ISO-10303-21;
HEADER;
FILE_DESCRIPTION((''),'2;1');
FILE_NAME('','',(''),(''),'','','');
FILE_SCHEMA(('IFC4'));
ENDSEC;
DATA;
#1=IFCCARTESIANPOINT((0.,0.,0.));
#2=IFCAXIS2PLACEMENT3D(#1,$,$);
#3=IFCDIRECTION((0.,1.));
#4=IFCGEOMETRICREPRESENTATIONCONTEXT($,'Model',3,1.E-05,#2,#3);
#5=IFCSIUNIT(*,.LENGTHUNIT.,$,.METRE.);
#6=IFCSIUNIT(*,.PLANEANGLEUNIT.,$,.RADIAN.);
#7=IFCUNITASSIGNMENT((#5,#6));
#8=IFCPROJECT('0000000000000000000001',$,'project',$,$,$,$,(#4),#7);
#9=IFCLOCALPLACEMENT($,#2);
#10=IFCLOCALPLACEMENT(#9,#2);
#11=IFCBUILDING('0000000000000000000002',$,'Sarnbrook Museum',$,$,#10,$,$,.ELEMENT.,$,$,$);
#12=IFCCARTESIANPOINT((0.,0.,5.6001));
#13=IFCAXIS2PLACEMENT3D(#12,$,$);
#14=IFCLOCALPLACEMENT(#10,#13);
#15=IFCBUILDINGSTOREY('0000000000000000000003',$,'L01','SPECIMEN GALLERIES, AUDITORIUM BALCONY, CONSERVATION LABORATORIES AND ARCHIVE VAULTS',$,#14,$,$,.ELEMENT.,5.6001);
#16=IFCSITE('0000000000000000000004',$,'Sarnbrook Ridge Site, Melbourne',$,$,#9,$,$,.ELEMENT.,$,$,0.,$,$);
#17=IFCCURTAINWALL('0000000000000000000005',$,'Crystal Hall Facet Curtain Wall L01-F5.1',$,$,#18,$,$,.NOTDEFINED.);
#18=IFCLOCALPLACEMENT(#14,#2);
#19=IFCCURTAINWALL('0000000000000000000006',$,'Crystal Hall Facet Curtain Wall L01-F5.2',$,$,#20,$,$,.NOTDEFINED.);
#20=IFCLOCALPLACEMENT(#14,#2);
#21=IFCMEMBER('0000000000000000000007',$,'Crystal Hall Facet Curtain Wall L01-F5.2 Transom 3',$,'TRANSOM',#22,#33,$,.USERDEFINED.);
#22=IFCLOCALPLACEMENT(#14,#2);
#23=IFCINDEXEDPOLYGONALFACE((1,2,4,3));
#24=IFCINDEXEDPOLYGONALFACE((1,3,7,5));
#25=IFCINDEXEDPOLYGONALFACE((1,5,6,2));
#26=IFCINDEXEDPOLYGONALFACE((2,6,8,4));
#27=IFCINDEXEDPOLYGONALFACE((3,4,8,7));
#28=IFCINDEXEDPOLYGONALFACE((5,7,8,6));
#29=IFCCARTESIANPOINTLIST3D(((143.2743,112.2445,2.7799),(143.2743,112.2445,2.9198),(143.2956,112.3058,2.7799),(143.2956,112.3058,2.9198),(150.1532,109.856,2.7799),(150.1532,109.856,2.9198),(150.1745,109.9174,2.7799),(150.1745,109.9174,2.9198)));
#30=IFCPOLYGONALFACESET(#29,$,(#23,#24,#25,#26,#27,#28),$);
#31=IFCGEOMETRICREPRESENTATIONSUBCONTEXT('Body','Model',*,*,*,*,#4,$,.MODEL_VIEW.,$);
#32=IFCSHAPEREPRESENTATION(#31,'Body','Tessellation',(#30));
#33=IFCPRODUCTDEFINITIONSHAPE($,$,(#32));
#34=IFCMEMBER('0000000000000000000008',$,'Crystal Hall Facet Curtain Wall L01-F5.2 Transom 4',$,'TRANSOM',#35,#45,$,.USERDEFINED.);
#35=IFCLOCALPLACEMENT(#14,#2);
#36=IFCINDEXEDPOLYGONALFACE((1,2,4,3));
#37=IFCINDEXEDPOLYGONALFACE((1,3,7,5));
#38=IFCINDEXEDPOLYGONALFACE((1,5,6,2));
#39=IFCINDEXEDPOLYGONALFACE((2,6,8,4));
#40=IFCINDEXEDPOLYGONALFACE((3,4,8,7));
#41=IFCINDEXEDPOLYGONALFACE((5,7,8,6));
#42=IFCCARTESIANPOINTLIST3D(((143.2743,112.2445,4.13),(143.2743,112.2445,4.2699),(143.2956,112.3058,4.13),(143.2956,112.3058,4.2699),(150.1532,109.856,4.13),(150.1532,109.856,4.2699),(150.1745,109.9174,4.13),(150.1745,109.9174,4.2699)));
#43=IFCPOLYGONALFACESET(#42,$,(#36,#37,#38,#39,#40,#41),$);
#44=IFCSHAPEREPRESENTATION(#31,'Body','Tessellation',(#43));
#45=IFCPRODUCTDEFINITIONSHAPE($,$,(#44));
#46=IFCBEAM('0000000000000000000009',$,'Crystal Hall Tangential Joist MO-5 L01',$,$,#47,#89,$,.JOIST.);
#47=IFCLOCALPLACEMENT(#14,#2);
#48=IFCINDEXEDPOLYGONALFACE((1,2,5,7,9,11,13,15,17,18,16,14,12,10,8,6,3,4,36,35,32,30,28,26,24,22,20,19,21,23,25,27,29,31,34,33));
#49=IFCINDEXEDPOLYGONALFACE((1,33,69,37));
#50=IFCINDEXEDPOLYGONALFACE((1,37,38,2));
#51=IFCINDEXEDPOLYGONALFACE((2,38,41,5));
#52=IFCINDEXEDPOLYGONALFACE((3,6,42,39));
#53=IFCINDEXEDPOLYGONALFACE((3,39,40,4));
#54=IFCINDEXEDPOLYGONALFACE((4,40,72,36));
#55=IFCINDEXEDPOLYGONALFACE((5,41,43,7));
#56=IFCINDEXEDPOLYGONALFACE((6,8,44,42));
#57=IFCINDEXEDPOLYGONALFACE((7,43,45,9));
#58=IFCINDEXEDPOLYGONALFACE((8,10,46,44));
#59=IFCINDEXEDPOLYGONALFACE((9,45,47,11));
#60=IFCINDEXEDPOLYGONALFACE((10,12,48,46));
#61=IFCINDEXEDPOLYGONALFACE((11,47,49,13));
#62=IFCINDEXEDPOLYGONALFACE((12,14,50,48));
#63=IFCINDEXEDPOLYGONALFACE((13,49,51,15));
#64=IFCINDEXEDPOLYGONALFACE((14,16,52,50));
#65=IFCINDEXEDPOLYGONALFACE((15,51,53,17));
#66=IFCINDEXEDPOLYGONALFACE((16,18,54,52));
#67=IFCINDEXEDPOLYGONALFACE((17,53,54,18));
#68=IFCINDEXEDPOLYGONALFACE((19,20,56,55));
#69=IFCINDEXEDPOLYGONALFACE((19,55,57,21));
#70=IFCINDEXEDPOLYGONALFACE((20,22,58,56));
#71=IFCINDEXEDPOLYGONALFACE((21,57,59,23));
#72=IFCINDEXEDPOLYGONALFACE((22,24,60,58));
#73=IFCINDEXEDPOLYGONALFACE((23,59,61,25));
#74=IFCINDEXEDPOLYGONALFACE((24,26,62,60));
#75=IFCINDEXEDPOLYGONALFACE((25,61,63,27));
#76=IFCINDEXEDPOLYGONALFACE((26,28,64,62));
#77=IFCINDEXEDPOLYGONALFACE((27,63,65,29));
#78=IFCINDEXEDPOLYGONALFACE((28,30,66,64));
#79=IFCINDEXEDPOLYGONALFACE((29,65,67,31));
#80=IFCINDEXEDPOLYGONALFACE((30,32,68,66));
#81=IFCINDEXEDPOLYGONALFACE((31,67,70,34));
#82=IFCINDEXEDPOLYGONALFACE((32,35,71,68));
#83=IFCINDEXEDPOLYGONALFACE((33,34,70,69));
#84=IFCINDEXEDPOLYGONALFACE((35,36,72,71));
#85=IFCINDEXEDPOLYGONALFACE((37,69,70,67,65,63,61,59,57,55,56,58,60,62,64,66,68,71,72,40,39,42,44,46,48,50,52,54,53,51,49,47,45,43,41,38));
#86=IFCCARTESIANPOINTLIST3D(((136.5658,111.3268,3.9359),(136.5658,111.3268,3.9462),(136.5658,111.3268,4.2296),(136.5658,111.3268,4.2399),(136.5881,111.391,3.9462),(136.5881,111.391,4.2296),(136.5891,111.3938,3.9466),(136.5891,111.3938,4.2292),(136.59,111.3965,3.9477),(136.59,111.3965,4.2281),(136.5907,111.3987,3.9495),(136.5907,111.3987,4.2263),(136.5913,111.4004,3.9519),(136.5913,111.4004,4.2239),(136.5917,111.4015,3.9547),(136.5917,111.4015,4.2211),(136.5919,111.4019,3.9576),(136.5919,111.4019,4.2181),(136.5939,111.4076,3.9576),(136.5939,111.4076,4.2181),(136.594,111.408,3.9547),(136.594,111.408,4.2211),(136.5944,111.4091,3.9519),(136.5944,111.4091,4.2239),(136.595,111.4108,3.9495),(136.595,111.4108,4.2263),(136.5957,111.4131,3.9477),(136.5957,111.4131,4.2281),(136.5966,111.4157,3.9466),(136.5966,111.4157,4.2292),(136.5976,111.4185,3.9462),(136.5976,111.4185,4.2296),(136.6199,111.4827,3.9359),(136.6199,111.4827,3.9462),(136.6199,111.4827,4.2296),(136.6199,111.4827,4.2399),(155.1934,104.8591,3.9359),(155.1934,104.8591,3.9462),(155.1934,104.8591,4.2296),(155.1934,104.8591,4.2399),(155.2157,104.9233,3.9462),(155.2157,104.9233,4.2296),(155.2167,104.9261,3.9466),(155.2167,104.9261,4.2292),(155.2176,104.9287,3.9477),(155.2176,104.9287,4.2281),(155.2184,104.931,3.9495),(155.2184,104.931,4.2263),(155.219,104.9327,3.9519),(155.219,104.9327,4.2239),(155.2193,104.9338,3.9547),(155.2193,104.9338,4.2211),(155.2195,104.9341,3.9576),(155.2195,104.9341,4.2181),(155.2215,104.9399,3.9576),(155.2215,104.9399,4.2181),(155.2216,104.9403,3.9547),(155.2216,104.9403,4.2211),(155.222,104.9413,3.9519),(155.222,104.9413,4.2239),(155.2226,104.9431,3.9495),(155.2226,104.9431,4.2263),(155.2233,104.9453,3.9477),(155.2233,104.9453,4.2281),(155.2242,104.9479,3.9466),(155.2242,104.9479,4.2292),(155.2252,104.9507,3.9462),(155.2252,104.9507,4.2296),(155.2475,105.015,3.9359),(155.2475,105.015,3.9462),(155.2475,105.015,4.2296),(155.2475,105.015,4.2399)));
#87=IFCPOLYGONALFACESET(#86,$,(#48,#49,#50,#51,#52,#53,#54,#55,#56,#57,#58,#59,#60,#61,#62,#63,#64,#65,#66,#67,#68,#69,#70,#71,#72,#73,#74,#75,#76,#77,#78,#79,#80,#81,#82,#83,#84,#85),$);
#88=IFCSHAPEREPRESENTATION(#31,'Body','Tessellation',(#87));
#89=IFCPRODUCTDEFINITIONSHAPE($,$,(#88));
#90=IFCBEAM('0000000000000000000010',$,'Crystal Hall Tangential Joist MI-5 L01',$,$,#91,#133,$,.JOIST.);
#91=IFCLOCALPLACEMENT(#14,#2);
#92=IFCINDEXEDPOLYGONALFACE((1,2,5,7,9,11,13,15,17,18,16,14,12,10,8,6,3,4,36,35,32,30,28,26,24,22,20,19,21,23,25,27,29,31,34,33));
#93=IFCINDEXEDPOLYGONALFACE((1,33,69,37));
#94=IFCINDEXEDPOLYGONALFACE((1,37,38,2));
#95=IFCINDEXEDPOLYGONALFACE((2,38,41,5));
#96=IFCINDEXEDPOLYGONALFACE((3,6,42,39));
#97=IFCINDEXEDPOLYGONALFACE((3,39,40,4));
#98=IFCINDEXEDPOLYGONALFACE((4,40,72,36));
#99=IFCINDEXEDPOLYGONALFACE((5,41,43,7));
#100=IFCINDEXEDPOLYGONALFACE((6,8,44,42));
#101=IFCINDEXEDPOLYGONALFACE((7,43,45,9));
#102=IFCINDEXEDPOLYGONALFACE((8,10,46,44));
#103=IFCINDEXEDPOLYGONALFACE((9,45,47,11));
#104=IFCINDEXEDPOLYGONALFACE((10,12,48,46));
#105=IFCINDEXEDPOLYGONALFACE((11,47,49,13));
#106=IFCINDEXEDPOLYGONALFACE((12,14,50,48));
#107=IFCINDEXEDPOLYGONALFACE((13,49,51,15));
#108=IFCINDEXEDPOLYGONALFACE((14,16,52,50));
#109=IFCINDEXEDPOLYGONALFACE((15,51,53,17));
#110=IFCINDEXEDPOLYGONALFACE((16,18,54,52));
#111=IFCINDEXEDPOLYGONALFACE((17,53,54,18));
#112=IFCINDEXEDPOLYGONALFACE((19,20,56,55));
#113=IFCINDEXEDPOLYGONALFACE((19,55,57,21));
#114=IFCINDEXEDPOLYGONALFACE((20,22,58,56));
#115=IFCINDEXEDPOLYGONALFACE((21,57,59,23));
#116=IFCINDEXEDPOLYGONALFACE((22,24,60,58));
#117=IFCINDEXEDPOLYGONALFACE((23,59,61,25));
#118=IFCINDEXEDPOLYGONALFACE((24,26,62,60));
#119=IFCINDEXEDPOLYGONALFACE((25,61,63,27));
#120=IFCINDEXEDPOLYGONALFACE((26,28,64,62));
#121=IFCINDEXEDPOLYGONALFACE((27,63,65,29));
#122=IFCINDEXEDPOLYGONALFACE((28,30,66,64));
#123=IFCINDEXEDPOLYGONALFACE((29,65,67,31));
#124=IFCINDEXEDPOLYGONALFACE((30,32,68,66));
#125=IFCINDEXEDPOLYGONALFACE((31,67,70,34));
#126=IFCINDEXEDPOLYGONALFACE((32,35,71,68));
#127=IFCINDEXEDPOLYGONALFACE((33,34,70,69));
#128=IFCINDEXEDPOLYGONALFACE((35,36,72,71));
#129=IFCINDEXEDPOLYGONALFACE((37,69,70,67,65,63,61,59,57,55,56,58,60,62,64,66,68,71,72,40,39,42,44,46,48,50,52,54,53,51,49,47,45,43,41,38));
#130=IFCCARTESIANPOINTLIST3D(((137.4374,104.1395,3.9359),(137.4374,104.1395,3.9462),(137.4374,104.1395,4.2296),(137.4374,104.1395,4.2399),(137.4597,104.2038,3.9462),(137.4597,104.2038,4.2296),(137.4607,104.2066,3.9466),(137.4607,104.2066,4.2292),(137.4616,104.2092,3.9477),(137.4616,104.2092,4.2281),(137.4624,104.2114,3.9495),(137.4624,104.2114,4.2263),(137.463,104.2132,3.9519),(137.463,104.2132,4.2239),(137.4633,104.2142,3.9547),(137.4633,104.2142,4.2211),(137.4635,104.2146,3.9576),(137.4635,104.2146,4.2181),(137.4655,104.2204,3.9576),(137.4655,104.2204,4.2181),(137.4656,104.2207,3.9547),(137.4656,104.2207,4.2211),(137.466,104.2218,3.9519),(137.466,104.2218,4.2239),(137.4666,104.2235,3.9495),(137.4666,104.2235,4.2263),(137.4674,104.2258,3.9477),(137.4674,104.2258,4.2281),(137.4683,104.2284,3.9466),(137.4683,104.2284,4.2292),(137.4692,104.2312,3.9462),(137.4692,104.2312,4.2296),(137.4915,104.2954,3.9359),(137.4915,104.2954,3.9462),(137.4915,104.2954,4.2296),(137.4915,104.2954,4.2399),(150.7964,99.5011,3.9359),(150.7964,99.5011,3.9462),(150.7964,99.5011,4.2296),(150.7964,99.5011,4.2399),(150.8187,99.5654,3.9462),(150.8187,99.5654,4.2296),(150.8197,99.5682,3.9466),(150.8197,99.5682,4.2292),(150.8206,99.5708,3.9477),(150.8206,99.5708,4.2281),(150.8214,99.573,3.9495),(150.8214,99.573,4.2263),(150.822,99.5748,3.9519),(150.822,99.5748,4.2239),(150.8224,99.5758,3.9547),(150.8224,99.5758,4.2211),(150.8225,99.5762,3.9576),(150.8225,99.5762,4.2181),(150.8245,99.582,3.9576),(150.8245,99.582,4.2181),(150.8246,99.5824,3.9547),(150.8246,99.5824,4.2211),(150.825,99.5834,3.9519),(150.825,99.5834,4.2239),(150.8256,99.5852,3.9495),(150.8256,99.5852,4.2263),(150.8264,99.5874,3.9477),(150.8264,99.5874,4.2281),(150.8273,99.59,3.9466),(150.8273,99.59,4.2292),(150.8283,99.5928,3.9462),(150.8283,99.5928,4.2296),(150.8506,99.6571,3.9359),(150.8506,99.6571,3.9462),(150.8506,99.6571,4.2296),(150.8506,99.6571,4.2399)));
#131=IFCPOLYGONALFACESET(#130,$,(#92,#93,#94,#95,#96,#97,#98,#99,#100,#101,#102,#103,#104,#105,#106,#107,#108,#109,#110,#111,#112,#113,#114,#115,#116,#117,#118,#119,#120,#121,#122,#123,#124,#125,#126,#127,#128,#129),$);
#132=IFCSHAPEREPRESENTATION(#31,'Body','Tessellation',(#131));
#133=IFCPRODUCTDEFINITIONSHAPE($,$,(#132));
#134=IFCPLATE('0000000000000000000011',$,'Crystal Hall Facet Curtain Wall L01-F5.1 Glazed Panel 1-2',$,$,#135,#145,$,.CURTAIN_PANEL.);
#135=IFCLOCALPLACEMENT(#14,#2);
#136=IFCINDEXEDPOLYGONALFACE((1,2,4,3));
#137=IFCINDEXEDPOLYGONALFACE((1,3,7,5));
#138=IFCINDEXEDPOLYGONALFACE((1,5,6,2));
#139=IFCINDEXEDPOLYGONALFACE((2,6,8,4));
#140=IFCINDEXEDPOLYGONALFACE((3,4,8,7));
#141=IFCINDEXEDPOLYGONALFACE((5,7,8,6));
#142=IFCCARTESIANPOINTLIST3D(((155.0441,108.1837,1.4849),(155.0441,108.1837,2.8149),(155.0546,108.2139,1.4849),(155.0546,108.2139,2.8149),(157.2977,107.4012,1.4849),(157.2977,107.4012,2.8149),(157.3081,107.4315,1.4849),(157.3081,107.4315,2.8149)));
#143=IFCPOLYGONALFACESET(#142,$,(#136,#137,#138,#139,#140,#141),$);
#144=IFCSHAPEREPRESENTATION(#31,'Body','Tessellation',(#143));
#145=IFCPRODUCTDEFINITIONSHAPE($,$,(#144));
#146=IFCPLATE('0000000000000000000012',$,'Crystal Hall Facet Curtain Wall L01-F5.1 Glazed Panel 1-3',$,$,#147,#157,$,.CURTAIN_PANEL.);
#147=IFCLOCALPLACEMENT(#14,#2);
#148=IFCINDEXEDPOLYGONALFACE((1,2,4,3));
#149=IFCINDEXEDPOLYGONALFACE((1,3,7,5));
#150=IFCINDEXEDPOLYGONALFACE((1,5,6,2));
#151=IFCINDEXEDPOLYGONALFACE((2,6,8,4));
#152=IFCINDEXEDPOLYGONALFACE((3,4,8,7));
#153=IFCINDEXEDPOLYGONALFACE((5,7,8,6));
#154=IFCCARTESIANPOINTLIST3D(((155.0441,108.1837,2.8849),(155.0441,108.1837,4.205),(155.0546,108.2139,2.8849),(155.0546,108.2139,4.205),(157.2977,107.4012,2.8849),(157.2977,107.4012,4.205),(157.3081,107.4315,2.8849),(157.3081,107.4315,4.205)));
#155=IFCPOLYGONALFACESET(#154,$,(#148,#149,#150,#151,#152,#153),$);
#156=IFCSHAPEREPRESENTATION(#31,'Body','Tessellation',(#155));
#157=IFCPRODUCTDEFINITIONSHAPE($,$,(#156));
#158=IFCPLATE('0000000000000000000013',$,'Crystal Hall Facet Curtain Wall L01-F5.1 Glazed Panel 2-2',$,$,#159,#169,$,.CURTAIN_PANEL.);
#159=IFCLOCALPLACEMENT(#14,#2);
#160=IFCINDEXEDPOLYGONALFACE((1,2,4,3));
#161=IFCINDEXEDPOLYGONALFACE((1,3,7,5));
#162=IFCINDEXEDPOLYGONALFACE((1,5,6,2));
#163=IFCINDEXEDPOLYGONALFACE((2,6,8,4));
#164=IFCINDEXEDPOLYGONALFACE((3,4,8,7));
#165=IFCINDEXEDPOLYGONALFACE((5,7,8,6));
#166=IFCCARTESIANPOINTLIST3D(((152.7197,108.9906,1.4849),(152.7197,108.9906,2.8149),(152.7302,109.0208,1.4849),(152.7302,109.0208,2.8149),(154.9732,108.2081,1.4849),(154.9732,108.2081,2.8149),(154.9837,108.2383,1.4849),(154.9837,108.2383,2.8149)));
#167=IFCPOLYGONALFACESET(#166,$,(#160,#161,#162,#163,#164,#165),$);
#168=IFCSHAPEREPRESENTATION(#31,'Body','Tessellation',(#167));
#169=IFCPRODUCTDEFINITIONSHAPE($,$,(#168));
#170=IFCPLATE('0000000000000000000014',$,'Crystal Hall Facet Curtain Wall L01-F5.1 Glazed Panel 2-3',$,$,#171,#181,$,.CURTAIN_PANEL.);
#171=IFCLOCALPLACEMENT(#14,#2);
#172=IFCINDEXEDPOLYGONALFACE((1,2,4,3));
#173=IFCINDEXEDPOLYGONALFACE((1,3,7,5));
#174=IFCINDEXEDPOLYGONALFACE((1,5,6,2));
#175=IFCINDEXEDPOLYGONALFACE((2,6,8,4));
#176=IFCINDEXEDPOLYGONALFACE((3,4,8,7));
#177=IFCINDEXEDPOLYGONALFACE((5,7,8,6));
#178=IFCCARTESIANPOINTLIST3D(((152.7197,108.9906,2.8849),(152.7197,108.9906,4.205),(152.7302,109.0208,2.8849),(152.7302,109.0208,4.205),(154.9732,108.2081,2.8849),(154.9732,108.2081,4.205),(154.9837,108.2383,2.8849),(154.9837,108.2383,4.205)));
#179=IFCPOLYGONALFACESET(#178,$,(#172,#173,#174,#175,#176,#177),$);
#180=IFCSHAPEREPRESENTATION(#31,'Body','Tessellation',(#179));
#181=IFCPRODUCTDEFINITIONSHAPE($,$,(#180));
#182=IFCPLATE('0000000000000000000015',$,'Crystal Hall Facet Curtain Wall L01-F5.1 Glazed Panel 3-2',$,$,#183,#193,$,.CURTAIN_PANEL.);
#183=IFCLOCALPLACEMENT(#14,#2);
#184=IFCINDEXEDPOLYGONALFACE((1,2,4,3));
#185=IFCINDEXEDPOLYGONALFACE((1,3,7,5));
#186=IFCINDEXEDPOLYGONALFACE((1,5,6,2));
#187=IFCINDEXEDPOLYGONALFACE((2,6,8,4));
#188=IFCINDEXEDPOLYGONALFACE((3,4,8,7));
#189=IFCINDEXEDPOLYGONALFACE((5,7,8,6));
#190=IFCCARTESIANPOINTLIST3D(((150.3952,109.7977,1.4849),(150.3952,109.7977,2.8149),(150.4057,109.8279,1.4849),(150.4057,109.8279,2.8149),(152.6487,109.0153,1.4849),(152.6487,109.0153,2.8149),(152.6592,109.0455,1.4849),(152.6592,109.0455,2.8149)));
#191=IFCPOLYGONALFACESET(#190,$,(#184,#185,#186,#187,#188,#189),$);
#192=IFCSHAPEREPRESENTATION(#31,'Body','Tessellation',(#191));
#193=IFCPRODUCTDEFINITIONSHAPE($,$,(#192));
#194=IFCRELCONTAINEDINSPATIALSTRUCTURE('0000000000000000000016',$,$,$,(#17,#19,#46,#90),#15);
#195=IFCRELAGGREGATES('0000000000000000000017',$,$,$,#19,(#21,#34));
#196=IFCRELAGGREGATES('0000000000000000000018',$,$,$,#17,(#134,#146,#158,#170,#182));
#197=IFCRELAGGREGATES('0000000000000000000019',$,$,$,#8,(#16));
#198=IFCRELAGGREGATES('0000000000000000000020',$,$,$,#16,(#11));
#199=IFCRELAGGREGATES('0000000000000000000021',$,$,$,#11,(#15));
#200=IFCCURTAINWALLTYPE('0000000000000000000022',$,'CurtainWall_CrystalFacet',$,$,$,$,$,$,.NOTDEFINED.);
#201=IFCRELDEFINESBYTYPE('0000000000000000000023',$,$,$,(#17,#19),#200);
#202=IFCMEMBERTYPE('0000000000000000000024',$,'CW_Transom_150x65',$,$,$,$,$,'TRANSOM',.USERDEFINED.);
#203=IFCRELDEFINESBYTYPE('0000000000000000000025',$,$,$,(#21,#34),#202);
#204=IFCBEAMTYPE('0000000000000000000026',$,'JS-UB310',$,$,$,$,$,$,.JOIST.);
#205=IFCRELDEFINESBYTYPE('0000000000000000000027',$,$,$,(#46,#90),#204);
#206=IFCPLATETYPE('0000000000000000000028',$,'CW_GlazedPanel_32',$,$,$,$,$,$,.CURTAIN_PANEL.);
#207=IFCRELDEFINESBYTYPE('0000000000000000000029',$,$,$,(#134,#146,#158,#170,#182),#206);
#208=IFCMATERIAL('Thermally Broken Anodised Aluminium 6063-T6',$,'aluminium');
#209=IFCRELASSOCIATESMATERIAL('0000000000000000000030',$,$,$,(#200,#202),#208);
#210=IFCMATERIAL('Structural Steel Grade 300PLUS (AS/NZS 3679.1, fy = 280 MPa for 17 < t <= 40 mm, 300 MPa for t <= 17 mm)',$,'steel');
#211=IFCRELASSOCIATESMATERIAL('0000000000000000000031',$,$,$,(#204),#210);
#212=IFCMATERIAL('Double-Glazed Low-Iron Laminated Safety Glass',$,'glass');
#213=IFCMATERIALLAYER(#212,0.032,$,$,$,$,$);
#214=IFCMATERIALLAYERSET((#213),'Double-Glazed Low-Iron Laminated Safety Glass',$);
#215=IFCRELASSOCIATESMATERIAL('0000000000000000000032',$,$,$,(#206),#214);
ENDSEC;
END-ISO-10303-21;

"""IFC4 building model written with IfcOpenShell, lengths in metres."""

from ifc_helpers import new_model, si_unit, direction, frame, origin, origin_2d, place, context, subcontext, project, spatial, rectangle, i_section, extrude, material, layer, layer_set, material_profile, profile_set, type_object, element, aggregate, save


model = new_model("IFC4")

# Units and contexts
model_context = context("Model", 3, precision=1e-05, world=origin(), true_north=direction((0.0, 1.0)))
body_context = subcontext(model_context, "Body", "Model", "MODEL_VIEW")
ifc_project = project(units=[si_unit("LENGTHUNIT", "METRE"), si_unit("PLANEANGLEUNIT", "RADIAN")], contexts=[model_context])

# Site, building, storey
site_placement = place(None, origin())
site = spatial("IfcSite", under=ifc_project, at=site_placement, Name="Sarnbrook Ridge Site, Melbourne", CompositionType="ELEMENT", RefElevation=0.0)
building_placement = place(site_placement, origin())
building = spatial("IfcBuilding", under=site, at=building_placement, Name="Sarnbrook Museum", CompositionType="ELEMENT")
storey_placement = place(building_placement, frame((0.0, 0.0, 5.6001)))
storey = spatial("IfcBuildingStorey", under=building, at=storey_placement, Name="L01", Description="SPECIMEN GALLERIES, AUDITORIUM BALCONY, CONSERVATION LABORATORIES AND ARCHIVE VAULTS", CompositionType="ELEMENT", Elevation=5.6001)

# Curtain wall
ifc_material_1 = material(Name="Thermally Broken Anodised Aluminium 6063-T6", Category="aluminium")
curtain_wall_type = type_object("IfcCurtainWallType", Name="CurtainWall_CrystalFacet", PredefinedType="NOTDEFINED", material=ifc_material_1)
curtain_wall_1_placement = place(storey_placement, origin())
curtain_wall_1 = element("IfcCurtainWall", 1, at=curtain_wall_1_placement, inside=storey, type_object=curtain_wall_type, Name="Crystal Hall Facet Curtain Wall L01-F5.1", PredefinedType="NOTDEFINED")

# Curtain wall
curtain_wall_2_placement = place(storey_placement, origin())
curtain_wall_2 = element("IfcCurtainWall", 2, at=curtain_wall_2_placement, inside=storey, type_object=curtain_wall_type, Name="Crystal Hall Facet Curtain Wall L01-F5.2", PredefinedType="NOTDEFINED")

# Members
ifc_material_profile_1 = material_profile(ifc_material_1, rectangle(XDim=0.0649, YDim=0.1399, at=origin_2d()), Name="ALU TRANSOM 65x140")
ifc_profile_set_1 = profile_set([ifc_material_profile_1], Name="Thermally Broken Anodised Aluminium 6063-T6")
member_type_1 = type_object("IfcMemberType", Name="CW_Transom_150x65", ElementType="TRANSOM", PredefinedType="USERDEFINED", material=ifc_profile_set_1)
member_1_placement = place(storey_placement, frame((150.1638, 109.8867, 2.8499), z_axis=(-0.944677, 0.328002, 0.0), x_axis=(-0.328002, -0.944677, 0.0)))
member_1 = element("IfcMember", 3, at=member_1_placement, type_object=member_type_1, Name="Crystal Hall Facet Curtain Wall L01-F5.2 Transom 3", ObjectType="TRANSOM", PredefinedType="USERDEFINED", context=body_context, shape_type="SweptSolid", body=[
    extrude(rectangle(XDim=0.0649, YDim=0.1399, at=origin_2d()), origin(), (0.0, 0.0, 1.0), 7.2817),
])
member_2_placement = place(storey_placement, frame((150.1638, 109.8867, 4.2), z_axis=(-0.944677, 0.328002, 0.0), x_axis=(-0.328002, -0.944677, 0.0)))
member_2 = element("IfcMember", 4, at=member_2_placement, type_object=member_type_1, Name="Crystal Hall Facet Curtain Wall L01-F5.2 Transom 4", ObjectType="TRANSOM", PredefinedType="USERDEFINED", context=body_context, shape_type="SweptSolid", body=[
    extrude(rectangle(XDim=0.0649, YDim=0.1399, at=origin_2d()), origin(), (0.0, 0.0, 1.0), 7.2817),
])

# Beams
ifc_material_2 = material(Name="Structural Steel Grade 300PLUS (AS/NZS 3679.1, fy = 280 MPa for 17 < t <= 40 mm, 300 MPa for t <= 17 mm)", Category="steel")
ifc_material_profile_2 = material_profile(ifc_material_2, i_section(OverallWidth=0.165, OverallDepth=0.304, WebThickness=0.0061, FlangeThickness=0.0103, FilletRadius=0.0115, at=origin_2d()), Name="310UB40.4")
ifc_profile_set_2 = profile_set([ifc_material_profile_2], Name="Structural Steel Grade 300PLUS (AS/NZS 3679.1, fy = 280 MPa for 17 < t <= 40 mm, 300 MPa for t <= 17 mm)")
beam_type_1 = type_object("IfcBeamType", Name="JS-UB310", PredefinedType="JOIST", material=ifc_profile_set_2)
beam_1_placement = place(storey_placement, frame((155.2205, 104.937, 4.0879), z_axis=(-0.944676, 0.328004, 0.0), x_axis=(-0.328004, -0.944676, 0.0)))
element("IfcBeam", 5, at=beam_1_placement, inside=storey, type_object=beam_type_1, Name="Crystal Hall Tangential Joist MO-5 L01", PredefinedType="JOIST", context=body_context, shape_type="SweptSolid", body=[
    extrude(i_section(OverallWidth=0.165, OverallDepth=0.304, WebThickness=0.0061, FlangeThickness=0.0103, FilletRadius=0.0115, at=origin_2d()), origin(), (0.0, 0.0, 1.0), 19.7185),
])
beam_2_placement = place(storey_placement, frame((150.8235, 99.5791, 4.0879), z_axis=(-0.944677, 0.328002, 0.0), x_axis=(-0.328002, -0.944677, 0.0)))
element("IfcBeam", 6, at=beam_2_placement, inside=storey, type_object=beam_type_1, Name="Crystal Hall Tangential Joist MI-5 L01", PredefinedType="JOIST", context=body_context, shape_type="SweptSolid", body=[
    extrude(i_section(OverallWidth=0.165, OverallDepth=0.304, WebThickness=0.0061, FlangeThickness=0.0103, FilletRadius=0.0115, at=origin_2d()), origin(), (0.0, 0.0, 1.0), 14.1414),
])

# Plates
ifc_material_3 = material(Name="Double-Glazed Low-Iron Laminated Safety Glass", Category="glass")
ifc_layer_1 = layer(ifc_material_3, 0.032)
ifc_layer_set_1 = layer_set([ifc_layer_1], Name="Double-Glazed Low-Iron Laminated Safety Glass")
plate_type_1 = type_object("IfcPlateType", Name="CW_GlazedPanel_32", PredefinedType="CURTAIN_PANEL", material=ifc_layer_set_1)
plate_1_placement = place(storey_placement, frame((156.1709, 107.7925, 2.1499), z_axis=(0.328012, 0.944674, 0.0), x_axis=(-0.944674, 0.328012, 0.0)))
plate_1 = element("IfcPlate", 7, at=plate_1_placement, type_object=plate_type_1, Name="Crystal Hall Facet Curtain Wall L01-F5.1 Glazed Panel 1-2", PredefinedType="CURTAIN_PANEL", context=body_context, shape_type="SweptSolid", body=[
    extrude(rectangle(XDim=2.3855, YDim=1.3301, at=origin_2d()), origin(), (0.0, 0.0, 1.0), 0.032),
])
plate_2_placement = place(storey_placement, frame((156.1709, 107.7925, 3.5449), z_axis=(0.328012, 0.944674, 0.0), x_axis=(-0.944674, 0.328012, 0.0)))
plate_2 = element("IfcPlate", 8, at=plate_2_placement, type_object=plate_type_1, Name="Crystal Hall Facet Curtain Wall L01-F5.1 Glazed Panel 1-3", PredefinedType="CURTAIN_PANEL", context=body_context, shape_type="SweptSolid", body=[
    extrude(rectangle(XDim=2.3855, YDim=1.3201, at=origin_2d()), origin(), (0.0, 0.0, 1.0), 0.032),
])
plate_3_placement = place(storey_placement, frame((153.8464, 108.5994, 2.1499), z_axis=(0.328012, 0.944674, 0.0), x_axis=(-0.944674, 0.328012, 0.0)))
plate_3 = element("IfcPlate", 9, at=plate_3_placement, type_object=plate_type_1, Name="Crystal Hall Facet Curtain Wall L01-F5.1 Glazed Panel 2-2", PredefinedType="CURTAIN_PANEL", context=body_context, shape_type="SweptSolid", body=[
    extrude(rectangle(XDim=2.3855, YDim=1.3301, at=origin_2d()), origin(), (0.0, 0.0, 1.0), 0.032),
])
plate_4_placement = place(storey_placement, frame((153.8464, 108.5994, 3.5449), z_axis=(0.328012, 0.944674, 0.0), x_axis=(-0.944674, 0.328012, 0.0)))
plate_4 = element("IfcPlate", 10, at=plate_4_placement, type_object=plate_type_1, Name="Crystal Hall Facet Curtain Wall L01-F5.1 Glazed Panel 2-3", PredefinedType="CURTAIN_PANEL", context=body_context, shape_type="SweptSolid", body=[
    extrude(rectangle(XDim=2.3855, YDim=1.3201, at=origin_2d()), origin(), (0.0, 0.0, 1.0), 0.032),
])
plate_5_placement = place(storey_placement, frame((151.522, 109.4065, 2.1499), z_axis=(0.328012, 0.944674, 0.0), x_axis=(-0.944674, 0.328012, 0.0)))
plate_5 = element("IfcPlate", 11, at=plate_5_placement, type_object=plate_type_1, Name="Crystal Hall Facet Curtain Wall L01-F5.1 Glazed Panel 3-2", PredefinedType="CURTAIN_PANEL", context=body_context, shape_type="SweptSolid", body=[
    extrude(rectangle(XDim=2.3855, YDim=1.3301, at=origin_2d()), origin(), (0.0, 0.0, 1.0), 0.032),
])
aggregate(curtain_wall_2, [member_1, member_2])
aggregate(curtain_wall_1, [plate_1, plate_2, plate_3, plate_4, plate_5])

save(model, "model.ifc")
